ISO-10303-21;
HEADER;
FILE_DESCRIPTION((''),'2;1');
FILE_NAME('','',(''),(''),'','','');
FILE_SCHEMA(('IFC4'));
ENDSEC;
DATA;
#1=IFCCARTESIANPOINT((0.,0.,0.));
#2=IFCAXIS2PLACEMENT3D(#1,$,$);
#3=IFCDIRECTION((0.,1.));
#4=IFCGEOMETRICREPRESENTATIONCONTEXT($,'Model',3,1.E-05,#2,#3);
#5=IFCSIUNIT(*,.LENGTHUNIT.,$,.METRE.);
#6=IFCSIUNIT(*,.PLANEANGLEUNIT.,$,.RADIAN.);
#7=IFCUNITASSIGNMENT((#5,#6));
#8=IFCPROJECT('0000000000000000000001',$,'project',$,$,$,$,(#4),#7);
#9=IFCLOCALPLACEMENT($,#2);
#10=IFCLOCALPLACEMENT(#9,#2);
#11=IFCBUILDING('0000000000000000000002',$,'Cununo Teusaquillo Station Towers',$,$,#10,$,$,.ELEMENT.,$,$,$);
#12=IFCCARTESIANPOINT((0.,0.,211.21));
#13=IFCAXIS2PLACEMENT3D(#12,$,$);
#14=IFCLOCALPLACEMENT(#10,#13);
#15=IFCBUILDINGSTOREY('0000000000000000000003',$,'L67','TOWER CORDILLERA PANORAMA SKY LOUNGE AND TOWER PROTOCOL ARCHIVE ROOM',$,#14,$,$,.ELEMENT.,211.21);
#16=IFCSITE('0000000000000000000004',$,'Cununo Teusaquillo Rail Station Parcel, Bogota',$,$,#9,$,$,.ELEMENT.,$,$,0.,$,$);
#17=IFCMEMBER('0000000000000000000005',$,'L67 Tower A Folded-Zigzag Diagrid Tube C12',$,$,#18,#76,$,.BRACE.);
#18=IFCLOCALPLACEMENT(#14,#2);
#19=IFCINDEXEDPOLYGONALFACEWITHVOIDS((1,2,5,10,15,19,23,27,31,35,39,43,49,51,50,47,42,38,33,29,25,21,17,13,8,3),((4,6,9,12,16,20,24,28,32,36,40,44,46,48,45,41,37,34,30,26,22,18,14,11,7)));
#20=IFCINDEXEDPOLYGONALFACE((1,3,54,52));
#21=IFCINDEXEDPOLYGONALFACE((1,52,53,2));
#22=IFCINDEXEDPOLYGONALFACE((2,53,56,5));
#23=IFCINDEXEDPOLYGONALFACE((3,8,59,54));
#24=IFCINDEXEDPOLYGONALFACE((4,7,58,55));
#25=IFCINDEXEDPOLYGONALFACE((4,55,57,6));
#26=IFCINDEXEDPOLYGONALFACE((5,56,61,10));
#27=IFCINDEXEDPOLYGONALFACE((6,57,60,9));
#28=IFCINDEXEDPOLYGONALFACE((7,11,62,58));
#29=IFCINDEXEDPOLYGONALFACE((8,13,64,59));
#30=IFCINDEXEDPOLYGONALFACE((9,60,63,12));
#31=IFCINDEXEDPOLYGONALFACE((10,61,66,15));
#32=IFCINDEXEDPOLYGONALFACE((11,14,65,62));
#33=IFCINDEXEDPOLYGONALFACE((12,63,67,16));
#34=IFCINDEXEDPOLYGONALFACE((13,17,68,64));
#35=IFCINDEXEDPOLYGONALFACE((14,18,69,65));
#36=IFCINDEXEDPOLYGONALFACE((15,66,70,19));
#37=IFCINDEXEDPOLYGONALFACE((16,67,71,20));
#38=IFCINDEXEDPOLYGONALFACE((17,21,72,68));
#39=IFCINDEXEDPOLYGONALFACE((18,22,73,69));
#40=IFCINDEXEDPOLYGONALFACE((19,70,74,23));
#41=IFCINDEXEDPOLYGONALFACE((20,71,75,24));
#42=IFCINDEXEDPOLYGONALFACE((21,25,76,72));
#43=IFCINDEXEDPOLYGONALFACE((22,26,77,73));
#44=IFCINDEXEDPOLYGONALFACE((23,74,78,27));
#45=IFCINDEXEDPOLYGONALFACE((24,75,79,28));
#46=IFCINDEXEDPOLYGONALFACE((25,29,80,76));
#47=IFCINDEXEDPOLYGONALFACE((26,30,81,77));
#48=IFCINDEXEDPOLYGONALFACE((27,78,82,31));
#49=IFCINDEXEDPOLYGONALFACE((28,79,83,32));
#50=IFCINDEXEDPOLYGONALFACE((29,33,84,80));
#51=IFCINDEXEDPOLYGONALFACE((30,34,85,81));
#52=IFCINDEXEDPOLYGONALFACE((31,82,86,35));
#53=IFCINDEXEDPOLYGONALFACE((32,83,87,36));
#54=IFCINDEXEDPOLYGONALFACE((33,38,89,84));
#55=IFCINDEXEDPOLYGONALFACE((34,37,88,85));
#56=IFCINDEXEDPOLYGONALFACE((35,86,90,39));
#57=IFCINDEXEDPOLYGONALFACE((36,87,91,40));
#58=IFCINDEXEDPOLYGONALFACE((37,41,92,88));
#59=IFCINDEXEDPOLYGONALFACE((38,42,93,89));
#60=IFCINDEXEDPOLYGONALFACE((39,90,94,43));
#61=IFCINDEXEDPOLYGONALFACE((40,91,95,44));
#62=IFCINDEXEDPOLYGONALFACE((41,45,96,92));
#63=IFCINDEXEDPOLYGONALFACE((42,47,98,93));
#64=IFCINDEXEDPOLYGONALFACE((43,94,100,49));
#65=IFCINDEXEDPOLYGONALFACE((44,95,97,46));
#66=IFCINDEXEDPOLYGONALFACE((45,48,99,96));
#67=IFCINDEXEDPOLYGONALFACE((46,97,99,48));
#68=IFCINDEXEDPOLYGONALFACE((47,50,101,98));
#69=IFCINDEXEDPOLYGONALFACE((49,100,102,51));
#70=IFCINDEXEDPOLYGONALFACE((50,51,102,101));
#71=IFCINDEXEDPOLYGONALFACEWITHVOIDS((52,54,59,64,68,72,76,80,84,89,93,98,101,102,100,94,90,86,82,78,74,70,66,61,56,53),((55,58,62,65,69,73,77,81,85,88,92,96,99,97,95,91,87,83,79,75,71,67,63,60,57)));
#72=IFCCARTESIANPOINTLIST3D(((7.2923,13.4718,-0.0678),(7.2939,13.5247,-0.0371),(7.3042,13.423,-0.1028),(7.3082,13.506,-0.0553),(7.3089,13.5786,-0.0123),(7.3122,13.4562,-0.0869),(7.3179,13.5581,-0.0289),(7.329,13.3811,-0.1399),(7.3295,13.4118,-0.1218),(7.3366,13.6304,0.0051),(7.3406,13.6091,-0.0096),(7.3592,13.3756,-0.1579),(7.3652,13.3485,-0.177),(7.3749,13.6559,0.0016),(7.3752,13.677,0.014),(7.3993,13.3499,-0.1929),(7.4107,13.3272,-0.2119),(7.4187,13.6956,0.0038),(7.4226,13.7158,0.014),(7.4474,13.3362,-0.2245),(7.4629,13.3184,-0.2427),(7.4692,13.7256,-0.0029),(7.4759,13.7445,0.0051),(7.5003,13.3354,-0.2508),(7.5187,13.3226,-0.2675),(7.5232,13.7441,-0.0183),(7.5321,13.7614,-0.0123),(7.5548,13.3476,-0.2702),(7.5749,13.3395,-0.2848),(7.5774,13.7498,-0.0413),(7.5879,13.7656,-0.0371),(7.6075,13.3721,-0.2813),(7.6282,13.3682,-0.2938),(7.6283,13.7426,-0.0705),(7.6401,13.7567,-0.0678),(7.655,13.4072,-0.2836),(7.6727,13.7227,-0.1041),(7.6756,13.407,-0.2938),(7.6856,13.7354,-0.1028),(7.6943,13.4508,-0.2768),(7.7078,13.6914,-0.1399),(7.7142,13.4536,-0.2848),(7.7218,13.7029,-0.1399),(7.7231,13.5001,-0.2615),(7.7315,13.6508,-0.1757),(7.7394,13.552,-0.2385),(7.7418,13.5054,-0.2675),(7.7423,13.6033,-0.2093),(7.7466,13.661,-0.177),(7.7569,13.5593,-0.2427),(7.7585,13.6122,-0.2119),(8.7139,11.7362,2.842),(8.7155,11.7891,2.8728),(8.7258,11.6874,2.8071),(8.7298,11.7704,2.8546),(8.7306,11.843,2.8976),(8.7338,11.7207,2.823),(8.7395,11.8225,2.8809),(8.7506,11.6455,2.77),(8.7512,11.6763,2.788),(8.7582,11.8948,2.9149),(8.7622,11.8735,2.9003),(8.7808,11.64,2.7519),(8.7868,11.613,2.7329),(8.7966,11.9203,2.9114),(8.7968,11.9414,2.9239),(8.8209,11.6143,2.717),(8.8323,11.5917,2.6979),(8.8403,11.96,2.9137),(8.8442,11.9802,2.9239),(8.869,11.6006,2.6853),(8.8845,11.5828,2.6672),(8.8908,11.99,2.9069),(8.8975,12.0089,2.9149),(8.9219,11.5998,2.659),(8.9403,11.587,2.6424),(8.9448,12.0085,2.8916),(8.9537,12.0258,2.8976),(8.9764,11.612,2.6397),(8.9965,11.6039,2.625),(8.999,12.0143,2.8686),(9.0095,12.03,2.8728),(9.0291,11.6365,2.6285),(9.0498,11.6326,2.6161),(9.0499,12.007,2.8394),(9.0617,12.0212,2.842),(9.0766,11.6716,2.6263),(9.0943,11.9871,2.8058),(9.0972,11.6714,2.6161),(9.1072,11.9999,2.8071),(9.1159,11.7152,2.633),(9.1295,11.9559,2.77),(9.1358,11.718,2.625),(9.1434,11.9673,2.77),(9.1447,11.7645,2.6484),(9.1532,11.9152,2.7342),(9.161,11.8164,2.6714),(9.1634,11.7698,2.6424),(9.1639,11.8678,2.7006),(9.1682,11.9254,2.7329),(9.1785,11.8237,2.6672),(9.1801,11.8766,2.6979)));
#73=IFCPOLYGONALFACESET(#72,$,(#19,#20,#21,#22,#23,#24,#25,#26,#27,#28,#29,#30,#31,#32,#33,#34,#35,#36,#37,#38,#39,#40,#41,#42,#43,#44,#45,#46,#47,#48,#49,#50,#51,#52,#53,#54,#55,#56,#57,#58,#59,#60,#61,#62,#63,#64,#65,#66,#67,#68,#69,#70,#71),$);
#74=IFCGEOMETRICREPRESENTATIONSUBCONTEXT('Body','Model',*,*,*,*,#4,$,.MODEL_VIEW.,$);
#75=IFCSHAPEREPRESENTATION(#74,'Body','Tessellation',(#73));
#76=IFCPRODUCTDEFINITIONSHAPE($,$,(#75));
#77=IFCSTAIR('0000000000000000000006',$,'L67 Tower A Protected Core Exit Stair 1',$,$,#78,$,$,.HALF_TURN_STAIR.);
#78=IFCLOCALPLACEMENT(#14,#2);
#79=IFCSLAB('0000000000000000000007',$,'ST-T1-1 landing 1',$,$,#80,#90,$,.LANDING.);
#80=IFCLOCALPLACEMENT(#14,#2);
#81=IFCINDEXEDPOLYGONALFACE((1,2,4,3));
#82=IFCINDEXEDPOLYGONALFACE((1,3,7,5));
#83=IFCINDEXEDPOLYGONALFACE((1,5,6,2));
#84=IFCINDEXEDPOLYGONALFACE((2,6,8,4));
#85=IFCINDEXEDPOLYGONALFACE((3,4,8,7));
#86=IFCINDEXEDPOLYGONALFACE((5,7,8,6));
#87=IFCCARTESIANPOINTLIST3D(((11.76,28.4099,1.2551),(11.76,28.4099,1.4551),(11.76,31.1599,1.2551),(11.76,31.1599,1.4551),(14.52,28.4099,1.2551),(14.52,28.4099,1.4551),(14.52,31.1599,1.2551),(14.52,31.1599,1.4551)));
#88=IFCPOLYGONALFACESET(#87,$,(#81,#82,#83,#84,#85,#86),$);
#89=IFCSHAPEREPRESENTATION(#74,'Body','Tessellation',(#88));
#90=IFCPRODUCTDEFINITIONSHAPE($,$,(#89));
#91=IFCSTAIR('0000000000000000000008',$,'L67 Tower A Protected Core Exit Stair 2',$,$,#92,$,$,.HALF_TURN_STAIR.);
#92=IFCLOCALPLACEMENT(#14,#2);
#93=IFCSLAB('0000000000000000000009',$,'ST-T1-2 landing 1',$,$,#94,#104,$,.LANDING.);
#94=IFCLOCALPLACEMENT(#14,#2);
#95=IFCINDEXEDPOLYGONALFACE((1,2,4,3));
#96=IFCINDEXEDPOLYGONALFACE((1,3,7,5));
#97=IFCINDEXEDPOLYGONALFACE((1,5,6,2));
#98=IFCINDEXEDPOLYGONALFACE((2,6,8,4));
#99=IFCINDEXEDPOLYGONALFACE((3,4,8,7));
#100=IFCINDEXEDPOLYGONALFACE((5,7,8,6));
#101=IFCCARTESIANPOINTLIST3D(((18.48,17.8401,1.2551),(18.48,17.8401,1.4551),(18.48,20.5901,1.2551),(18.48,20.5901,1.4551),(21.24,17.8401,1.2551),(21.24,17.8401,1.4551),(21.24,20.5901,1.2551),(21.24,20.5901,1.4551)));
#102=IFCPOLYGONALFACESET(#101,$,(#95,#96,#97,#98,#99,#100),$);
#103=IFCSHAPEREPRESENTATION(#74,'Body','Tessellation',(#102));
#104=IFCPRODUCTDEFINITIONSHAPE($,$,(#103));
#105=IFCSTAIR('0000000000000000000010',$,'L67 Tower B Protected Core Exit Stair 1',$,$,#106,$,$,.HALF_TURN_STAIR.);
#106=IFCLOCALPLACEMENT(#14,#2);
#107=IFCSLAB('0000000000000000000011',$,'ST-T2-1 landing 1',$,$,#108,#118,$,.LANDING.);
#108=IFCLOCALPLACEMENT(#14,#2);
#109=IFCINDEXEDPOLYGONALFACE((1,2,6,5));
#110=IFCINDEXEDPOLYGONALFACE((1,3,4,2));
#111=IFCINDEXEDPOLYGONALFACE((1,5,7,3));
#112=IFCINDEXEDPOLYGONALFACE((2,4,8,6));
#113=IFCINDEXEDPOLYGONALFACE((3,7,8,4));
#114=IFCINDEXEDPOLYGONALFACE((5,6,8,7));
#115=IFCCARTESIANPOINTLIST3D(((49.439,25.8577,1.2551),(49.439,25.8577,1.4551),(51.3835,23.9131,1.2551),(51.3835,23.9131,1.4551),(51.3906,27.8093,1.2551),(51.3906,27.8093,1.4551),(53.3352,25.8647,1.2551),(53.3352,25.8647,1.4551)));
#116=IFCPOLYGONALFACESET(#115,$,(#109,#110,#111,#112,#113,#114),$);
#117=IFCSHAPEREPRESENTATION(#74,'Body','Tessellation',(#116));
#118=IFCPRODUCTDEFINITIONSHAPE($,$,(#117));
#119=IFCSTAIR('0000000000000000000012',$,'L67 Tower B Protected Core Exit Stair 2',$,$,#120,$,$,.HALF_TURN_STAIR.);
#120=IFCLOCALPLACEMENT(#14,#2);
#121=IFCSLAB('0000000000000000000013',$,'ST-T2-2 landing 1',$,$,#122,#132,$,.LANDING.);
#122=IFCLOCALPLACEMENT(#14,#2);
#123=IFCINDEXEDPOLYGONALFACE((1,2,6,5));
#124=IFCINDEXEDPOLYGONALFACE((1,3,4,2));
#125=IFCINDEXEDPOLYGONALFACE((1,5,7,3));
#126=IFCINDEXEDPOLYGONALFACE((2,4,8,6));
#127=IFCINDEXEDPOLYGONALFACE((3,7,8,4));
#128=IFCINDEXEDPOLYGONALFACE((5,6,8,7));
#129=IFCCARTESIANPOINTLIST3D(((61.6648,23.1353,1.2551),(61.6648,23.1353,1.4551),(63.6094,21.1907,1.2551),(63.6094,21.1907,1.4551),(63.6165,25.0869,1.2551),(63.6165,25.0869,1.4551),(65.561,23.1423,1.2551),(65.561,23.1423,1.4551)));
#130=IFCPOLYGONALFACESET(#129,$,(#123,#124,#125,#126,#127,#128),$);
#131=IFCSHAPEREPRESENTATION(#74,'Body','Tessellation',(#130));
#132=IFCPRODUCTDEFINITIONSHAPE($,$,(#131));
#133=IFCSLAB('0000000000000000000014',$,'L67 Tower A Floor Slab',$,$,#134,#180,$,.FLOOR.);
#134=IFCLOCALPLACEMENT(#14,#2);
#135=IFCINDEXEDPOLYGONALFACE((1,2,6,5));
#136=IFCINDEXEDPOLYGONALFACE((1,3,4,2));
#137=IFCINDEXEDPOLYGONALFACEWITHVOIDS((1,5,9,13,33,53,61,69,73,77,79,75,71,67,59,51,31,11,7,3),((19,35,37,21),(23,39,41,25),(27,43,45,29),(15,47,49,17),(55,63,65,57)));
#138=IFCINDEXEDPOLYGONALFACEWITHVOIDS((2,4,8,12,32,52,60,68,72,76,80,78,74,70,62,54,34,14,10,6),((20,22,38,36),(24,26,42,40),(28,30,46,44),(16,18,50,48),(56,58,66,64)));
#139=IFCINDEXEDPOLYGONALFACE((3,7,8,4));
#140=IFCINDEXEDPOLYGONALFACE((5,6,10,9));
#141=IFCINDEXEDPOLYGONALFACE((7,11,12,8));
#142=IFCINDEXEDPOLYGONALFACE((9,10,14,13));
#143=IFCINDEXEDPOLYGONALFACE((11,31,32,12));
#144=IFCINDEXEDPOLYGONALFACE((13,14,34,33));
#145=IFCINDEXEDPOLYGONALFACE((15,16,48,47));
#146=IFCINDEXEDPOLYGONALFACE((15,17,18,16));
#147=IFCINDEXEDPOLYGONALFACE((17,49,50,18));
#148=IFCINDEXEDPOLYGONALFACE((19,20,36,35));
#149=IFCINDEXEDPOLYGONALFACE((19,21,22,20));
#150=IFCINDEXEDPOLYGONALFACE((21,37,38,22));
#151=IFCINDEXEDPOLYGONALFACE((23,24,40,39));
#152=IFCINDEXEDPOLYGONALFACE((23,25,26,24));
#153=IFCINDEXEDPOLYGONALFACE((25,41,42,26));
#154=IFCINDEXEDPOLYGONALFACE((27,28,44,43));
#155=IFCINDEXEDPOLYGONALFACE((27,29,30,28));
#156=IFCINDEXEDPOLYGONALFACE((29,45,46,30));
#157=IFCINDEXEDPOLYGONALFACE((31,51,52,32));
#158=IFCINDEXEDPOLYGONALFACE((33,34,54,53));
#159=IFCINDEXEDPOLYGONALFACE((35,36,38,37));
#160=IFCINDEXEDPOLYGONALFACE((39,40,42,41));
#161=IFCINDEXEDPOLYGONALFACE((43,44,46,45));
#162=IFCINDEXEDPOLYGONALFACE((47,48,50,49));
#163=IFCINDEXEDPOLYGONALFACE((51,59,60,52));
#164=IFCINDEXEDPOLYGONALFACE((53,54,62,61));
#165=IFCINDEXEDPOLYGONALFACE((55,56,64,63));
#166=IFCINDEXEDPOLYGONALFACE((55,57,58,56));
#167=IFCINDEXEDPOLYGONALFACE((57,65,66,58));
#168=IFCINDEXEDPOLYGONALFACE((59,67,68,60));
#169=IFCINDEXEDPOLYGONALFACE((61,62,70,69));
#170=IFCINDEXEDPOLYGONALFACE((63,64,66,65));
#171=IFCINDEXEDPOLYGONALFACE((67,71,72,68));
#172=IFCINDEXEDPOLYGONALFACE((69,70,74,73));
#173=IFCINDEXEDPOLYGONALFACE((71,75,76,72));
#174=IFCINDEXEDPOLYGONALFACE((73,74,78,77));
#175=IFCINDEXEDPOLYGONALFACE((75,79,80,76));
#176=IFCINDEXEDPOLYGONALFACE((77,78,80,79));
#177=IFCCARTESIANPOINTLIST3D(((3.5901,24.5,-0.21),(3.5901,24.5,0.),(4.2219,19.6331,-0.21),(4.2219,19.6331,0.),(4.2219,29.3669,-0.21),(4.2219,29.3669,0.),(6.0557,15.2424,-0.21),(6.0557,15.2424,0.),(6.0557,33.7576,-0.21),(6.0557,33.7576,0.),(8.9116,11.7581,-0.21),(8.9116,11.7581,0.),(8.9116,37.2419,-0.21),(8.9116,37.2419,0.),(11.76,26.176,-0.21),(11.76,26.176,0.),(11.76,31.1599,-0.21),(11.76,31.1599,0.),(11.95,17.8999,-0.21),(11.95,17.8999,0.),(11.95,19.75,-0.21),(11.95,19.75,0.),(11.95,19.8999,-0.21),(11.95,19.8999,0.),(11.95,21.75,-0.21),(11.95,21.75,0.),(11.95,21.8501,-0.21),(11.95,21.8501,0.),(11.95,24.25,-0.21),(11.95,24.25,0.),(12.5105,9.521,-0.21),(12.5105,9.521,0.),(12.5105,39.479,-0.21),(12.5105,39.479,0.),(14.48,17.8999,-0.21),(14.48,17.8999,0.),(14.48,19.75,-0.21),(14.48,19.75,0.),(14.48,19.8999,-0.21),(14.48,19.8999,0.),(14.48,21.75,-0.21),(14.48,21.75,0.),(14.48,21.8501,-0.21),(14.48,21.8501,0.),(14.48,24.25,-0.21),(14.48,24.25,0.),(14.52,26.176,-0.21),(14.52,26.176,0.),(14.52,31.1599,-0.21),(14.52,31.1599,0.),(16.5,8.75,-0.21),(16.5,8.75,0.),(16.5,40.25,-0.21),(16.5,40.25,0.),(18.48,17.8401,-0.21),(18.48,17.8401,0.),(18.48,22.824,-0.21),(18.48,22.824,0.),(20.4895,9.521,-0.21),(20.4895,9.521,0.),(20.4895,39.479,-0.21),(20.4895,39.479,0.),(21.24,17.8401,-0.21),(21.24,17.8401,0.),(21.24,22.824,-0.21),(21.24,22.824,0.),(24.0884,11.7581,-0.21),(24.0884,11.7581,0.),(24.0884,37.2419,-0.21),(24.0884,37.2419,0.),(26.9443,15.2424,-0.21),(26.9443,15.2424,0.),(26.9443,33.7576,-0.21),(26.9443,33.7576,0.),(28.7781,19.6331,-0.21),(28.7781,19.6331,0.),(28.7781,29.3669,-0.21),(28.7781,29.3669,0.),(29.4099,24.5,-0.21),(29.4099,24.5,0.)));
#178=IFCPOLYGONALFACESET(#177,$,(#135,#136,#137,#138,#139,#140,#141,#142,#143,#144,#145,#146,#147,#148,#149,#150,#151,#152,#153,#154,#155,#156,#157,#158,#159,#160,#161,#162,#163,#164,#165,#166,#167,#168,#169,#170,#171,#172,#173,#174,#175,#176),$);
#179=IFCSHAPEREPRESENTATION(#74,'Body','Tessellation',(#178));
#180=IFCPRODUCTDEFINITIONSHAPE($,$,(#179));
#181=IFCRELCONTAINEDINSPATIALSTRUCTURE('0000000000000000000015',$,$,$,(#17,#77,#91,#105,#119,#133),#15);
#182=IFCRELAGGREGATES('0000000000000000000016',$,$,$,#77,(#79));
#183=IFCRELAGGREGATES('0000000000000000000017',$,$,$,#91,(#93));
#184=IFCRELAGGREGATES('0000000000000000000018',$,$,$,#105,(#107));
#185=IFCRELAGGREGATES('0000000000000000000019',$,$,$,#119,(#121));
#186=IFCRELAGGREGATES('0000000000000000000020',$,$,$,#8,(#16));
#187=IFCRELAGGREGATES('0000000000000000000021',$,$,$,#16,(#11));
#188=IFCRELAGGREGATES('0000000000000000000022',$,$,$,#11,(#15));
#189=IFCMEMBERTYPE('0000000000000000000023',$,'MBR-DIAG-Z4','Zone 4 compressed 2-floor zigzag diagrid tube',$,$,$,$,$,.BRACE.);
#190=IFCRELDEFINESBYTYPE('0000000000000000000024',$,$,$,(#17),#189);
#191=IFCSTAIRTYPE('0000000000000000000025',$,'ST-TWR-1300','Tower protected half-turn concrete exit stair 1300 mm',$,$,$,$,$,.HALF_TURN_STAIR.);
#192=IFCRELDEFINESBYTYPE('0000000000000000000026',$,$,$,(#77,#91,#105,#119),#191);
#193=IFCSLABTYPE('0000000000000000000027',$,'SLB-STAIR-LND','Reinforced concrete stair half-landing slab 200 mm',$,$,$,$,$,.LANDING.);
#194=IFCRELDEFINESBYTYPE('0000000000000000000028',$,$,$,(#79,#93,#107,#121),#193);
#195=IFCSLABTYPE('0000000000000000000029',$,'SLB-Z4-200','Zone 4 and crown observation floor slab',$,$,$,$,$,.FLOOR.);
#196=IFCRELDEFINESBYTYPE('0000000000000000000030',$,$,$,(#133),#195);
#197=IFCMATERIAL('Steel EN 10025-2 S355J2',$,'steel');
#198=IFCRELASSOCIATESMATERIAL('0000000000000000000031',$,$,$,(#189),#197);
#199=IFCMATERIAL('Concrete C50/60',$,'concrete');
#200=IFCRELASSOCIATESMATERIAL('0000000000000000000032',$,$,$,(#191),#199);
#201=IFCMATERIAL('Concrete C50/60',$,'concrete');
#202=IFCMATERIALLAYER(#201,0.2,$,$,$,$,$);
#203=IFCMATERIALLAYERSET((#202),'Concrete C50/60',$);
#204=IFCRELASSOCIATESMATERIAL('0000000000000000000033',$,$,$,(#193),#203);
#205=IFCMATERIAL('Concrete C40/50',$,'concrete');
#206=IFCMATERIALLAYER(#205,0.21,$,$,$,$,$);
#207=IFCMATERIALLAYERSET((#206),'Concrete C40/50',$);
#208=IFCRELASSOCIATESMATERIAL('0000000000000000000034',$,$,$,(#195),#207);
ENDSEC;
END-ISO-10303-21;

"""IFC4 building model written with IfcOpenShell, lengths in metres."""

from ifc_helpers import new_model, si_unit, direction, frame, origin, origin_2d, place, context, subcontext, project, spatial, polyline, hollow_circle, outline, extrude, material, layer, layer_set, material_profile, profile_set, type_object, element, aggregate, save


model = new_model("IFC4")

# Units and contexts
model_context = context("Model", 3, precision=1e-05, world=origin(), true_north=direction((0.0, 1.0)))
body_context = subcontext(model_context, "Body", "Model", "MODEL_VIEW")
ifc_project = project(units=[si_unit("LENGTHUNIT", "METRE"), si_unit("PLANEANGLEUNIT", "RADIAN")], contexts=[model_context])

# Site, building, storey
site_placement = place(None, origin())
site = spatial("IfcSite", under=ifc_project, at=site_placement, Name="Cununo Teusaquillo Rail Station Parcel, Bogota", CompositionType="ELEMENT", RefElevation=0.0)
building_placement = place(site_placement, origin())
building = spatial("IfcBuilding", under=site, at=building_placement, Name="Cununo Teusaquillo Station Towers", CompositionType="ELEMENT")
storey_placement = place(building_placement, frame((0.0, 0.0, 211.21)))
storey = spatial("IfcBuildingStorey", under=building, at=storey_placement, Name="L67", Description="TOWER CORDILLERA PANORAMA SKY LOUNGE AND TOWER PROTOCOL ARCHIVE ROOM", CompositionType="ELEMENT", Elevation=211.21)

# Member
ifc_material_1 = material(Name="Steel EN 10025-2 S355J2", Category="steel")
ifc_material_profile_1 = material_profile(ifc_material_1, hollow_circle(Radius=0.2539, WallThickness=0.0181, at=origin_2d()), Name="CHS 508x18")
ifc_profile_set_1 = profile_set([ifc_material_profile_1], Name="Steel EN 10025-2 S355J2")
member_type = type_object("IfcMemberType", Name="MBR-DIAG-Z4", Description="Zone 4 compressed 2-floor zigzag diagrid tube", PredefinedType="BRACE", material=ifc_profile_set_1)
member_placement = place(storey_placement, frame((7.5254, 13.542, -0.1399), z_axis=(0.386906, -0.472353, 0.791951), x_axis=(0.773608, 0.633664, 0.0)))
element("IfcMember", 1, at=member_placement, inside=storey, type_object=member_type, Name="L67 Tower A Folded-Zigzag Diagrid Tube C12", PredefinedType="BRACE", context=body_context, shape_type="SweptSolid", body=[
    extrude(hollow_circle(Radius=0.2539, WallThickness=0.0181, at=origin_2d()), origin(), (0.0, 0.0, 1.0), 3.6743),
])

# Stairs, slabs
ifc_material_2 = material(Name="Concrete C50/60", Category="concrete")
stair_type = type_object("IfcStairType", Name="ST-TWR-1300", Description="Tower protected half-turn concrete exit stair 1300 mm", PredefinedType="HALF_TURN_STAIR", material=ifc_material_2)
stair_1_placement = place(storey_placement, origin())
stair_1 = element("IfcStair", 2, at=stair_1_placement, inside=storey, type_object=stair_type, Name="L67 Tower A Protected Core Exit Stair 1", PredefinedType="HALF_TURN_STAIR")
ifc_material_3 = material(Name="Concrete C50/60", Category="concrete")
ifc_layer_1 = layer(ifc_material_3, 0.2)
ifc_layer_set_1 = layer_set([ifc_layer_1], Name="Concrete C50/60")
slab_type_1 = type_object("IfcSlabType", Name="SLB-STAIR-LND", Description="Reinforced concrete stair half-landing slab 200 mm", PredefinedType="LANDING", material=ifc_layer_set_1)
slab_1_placement = place(storey_placement, frame((0.0, 0.0, 1.2551)))
slab_1 = element("IfcSlab", 3, at=slab_1_placement, type_object=slab_type_1, Name="ST-T1-1 landing 1", PredefinedType="LANDING", context=body_context, shape_type="SweptSolid", body=[
    extrude(outline(polyline([(14.52, 28.4099), (14.52, 31.1599), (11.76, 31.1599), (11.76, 28.4099), (14.52, 28.4099)])), origin(), (0.0, 0.0, 1.0), 0.2),
])
aggregate(stair_1, [slab_1])
stair_2_placement = place(storey_placement, origin())
stair_2 = element("IfcStair", 4, at=stair_2_placement, inside=storey, type_object=stair_type, Name="L67 Tower A Protected Core Exit Stair 2", PredefinedType="HALF_TURN_STAIR")
slab_2_placement = place(storey_placement, frame((0.0, 0.0, 1.2551)))
slab_2 = element("IfcSlab", 5, at=slab_2_placement, type_object=slab_type_1, Name="ST-T1-2 landing 1", PredefinedType="LANDING", context=body_context, shape_type="SweptSolid", body=[
    extrude(outline(polyline([(18.48, 20.5901), (18.48, 17.8401), (21.24, 17.8401), (21.24, 20.5901), (18.48, 20.5901)])), origin(), (0.0, 0.0, 1.0), 0.2),
])
aggregate(stair_2, [slab_2])
stair_3_placement = place(storey_placement, origin())
stair_3 = element("IfcStair", 6, at=stair_3_placement, inside=storey, type_object=stair_type, Name="L67 Tower B Protected Core Exit Stair 1", PredefinedType="HALF_TURN_STAIR")
slab_3_placement = place(storey_placement, frame((0.0, 0.0, 1.2551)))
slab_3 = element("IfcSlab", 7, at=slab_3_placement, type_object=slab_type_1, Name="ST-T2-1 landing 1", PredefinedType="LANDING", context=body_context, shape_type="SweptSolid", body=[
    extrude(outline(polyline([(53.3352, 25.8647), (51.3906, 27.8093), (49.439, 25.8577), (51.3835, 23.9131), (53.3352, 25.8647)])), origin(), (0.0, 0.0, 1.0), 0.2),
])
aggregate(stair_3, [slab_3])
stair_4_placement = place(storey_placement, origin())
stair_4 = element("IfcStair", 8, at=stair_4_placement, inside=storey, type_object=stair_type, Name="L67 Tower B Protected Core Exit Stair 2", PredefinedType="HALF_TURN_STAIR")
slab_4_placement = place(storey_placement, frame((0.0, 0.0, 1.2551)))
slab_4 = element("IfcSlab", 9, at=slab_4_placement, type_object=slab_type_1, Name="ST-T2-2 landing 1", PredefinedType="LANDING", context=body_context, shape_type="SweptSolid", body=[
    extrude(outline(polyline([(61.6648, 23.1353), (63.6094, 21.1907), (65.561, 23.1423), (63.6165, 25.0869), (61.6648, 23.1353)])), origin(), (0.0, 0.0, 1.0), 0.2),
])
aggregate(stair_4, [slab_4])

# Slab
ifc_material_4 = material(Name="Concrete C40/50", Category="concrete")
ifc_layer_2 = layer(ifc_material_4, 0.21)
ifc_layer_set_2 = layer_set([ifc_layer_2], Name="Concrete C40/50")
slab_type_2 = type_object("IfcSlabType", Name="SLB-Z4-200", Description="Zone 4 and crown observation floor slab", PredefinedType="FLOOR", material=ifc_layer_set_2)
slab_5_placement = place(storey_placement, frame((0.0, 0.0, -0.21)))
element("IfcSlab", 10, at=slab_5_placement, inside=storey, type_object=slab_type_2, Name="L67 Tower A Floor Slab", PredefinedType="FLOOR", context=body_context, shape_type="SweptSolid", body=[
    extrude(outline(polyline([(29.4099, 24.5), (28.7781, 29.3669), (26.9443, 33.7576), (24.0884, 37.2419), (20.4895, 39.479), (16.5, 40.25), (12.5105, 39.479), (8.9116, 37.2419), (6.0557, 33.7576), (4.2219, 29.3669), (3.5901, 24.5), (4.2219, 19.6331), (6.0557, 15.2424), (8.9116, 11.7581), (12.5105, 9.521), (16.5, 8.75), (20.4895, 9.521), (24.0884, 11.7581), (26.9443, 15.2424), (28.7781, 19.6331), (29.4099, 24.5)]), holes=[polyline([(14.52, 26.176), (14.52, 31.1599), (11.76, 31.1599), (11.76, 26.176), (14.52, 26.176)]), polyline([(18.48, 22.824), (18.48, 17.8401), (21.24, 17.8401), (21.24, 22.824), (18.48, 22.824)]), polyline([(11.95, 21.8501), (14.48, 21.8501), (14.48, 24.25), (11.95, 24.25), (11.95, 21.8501)]), polyline([(11.95, 17.8999), (14.48, 17.8999), (14.48, 19.75), (11.95, 19.75), (11.95, 17.8999)]), polyline([(11.95, 19.8999), (14.48, 19.8999), (14.48, 21.75), (11.95, 21.75), (11.95, 19.8999)])]), origin(), (0.0, 0.0, 1.0), 0.21),
])

save(model, "model.ifc")
